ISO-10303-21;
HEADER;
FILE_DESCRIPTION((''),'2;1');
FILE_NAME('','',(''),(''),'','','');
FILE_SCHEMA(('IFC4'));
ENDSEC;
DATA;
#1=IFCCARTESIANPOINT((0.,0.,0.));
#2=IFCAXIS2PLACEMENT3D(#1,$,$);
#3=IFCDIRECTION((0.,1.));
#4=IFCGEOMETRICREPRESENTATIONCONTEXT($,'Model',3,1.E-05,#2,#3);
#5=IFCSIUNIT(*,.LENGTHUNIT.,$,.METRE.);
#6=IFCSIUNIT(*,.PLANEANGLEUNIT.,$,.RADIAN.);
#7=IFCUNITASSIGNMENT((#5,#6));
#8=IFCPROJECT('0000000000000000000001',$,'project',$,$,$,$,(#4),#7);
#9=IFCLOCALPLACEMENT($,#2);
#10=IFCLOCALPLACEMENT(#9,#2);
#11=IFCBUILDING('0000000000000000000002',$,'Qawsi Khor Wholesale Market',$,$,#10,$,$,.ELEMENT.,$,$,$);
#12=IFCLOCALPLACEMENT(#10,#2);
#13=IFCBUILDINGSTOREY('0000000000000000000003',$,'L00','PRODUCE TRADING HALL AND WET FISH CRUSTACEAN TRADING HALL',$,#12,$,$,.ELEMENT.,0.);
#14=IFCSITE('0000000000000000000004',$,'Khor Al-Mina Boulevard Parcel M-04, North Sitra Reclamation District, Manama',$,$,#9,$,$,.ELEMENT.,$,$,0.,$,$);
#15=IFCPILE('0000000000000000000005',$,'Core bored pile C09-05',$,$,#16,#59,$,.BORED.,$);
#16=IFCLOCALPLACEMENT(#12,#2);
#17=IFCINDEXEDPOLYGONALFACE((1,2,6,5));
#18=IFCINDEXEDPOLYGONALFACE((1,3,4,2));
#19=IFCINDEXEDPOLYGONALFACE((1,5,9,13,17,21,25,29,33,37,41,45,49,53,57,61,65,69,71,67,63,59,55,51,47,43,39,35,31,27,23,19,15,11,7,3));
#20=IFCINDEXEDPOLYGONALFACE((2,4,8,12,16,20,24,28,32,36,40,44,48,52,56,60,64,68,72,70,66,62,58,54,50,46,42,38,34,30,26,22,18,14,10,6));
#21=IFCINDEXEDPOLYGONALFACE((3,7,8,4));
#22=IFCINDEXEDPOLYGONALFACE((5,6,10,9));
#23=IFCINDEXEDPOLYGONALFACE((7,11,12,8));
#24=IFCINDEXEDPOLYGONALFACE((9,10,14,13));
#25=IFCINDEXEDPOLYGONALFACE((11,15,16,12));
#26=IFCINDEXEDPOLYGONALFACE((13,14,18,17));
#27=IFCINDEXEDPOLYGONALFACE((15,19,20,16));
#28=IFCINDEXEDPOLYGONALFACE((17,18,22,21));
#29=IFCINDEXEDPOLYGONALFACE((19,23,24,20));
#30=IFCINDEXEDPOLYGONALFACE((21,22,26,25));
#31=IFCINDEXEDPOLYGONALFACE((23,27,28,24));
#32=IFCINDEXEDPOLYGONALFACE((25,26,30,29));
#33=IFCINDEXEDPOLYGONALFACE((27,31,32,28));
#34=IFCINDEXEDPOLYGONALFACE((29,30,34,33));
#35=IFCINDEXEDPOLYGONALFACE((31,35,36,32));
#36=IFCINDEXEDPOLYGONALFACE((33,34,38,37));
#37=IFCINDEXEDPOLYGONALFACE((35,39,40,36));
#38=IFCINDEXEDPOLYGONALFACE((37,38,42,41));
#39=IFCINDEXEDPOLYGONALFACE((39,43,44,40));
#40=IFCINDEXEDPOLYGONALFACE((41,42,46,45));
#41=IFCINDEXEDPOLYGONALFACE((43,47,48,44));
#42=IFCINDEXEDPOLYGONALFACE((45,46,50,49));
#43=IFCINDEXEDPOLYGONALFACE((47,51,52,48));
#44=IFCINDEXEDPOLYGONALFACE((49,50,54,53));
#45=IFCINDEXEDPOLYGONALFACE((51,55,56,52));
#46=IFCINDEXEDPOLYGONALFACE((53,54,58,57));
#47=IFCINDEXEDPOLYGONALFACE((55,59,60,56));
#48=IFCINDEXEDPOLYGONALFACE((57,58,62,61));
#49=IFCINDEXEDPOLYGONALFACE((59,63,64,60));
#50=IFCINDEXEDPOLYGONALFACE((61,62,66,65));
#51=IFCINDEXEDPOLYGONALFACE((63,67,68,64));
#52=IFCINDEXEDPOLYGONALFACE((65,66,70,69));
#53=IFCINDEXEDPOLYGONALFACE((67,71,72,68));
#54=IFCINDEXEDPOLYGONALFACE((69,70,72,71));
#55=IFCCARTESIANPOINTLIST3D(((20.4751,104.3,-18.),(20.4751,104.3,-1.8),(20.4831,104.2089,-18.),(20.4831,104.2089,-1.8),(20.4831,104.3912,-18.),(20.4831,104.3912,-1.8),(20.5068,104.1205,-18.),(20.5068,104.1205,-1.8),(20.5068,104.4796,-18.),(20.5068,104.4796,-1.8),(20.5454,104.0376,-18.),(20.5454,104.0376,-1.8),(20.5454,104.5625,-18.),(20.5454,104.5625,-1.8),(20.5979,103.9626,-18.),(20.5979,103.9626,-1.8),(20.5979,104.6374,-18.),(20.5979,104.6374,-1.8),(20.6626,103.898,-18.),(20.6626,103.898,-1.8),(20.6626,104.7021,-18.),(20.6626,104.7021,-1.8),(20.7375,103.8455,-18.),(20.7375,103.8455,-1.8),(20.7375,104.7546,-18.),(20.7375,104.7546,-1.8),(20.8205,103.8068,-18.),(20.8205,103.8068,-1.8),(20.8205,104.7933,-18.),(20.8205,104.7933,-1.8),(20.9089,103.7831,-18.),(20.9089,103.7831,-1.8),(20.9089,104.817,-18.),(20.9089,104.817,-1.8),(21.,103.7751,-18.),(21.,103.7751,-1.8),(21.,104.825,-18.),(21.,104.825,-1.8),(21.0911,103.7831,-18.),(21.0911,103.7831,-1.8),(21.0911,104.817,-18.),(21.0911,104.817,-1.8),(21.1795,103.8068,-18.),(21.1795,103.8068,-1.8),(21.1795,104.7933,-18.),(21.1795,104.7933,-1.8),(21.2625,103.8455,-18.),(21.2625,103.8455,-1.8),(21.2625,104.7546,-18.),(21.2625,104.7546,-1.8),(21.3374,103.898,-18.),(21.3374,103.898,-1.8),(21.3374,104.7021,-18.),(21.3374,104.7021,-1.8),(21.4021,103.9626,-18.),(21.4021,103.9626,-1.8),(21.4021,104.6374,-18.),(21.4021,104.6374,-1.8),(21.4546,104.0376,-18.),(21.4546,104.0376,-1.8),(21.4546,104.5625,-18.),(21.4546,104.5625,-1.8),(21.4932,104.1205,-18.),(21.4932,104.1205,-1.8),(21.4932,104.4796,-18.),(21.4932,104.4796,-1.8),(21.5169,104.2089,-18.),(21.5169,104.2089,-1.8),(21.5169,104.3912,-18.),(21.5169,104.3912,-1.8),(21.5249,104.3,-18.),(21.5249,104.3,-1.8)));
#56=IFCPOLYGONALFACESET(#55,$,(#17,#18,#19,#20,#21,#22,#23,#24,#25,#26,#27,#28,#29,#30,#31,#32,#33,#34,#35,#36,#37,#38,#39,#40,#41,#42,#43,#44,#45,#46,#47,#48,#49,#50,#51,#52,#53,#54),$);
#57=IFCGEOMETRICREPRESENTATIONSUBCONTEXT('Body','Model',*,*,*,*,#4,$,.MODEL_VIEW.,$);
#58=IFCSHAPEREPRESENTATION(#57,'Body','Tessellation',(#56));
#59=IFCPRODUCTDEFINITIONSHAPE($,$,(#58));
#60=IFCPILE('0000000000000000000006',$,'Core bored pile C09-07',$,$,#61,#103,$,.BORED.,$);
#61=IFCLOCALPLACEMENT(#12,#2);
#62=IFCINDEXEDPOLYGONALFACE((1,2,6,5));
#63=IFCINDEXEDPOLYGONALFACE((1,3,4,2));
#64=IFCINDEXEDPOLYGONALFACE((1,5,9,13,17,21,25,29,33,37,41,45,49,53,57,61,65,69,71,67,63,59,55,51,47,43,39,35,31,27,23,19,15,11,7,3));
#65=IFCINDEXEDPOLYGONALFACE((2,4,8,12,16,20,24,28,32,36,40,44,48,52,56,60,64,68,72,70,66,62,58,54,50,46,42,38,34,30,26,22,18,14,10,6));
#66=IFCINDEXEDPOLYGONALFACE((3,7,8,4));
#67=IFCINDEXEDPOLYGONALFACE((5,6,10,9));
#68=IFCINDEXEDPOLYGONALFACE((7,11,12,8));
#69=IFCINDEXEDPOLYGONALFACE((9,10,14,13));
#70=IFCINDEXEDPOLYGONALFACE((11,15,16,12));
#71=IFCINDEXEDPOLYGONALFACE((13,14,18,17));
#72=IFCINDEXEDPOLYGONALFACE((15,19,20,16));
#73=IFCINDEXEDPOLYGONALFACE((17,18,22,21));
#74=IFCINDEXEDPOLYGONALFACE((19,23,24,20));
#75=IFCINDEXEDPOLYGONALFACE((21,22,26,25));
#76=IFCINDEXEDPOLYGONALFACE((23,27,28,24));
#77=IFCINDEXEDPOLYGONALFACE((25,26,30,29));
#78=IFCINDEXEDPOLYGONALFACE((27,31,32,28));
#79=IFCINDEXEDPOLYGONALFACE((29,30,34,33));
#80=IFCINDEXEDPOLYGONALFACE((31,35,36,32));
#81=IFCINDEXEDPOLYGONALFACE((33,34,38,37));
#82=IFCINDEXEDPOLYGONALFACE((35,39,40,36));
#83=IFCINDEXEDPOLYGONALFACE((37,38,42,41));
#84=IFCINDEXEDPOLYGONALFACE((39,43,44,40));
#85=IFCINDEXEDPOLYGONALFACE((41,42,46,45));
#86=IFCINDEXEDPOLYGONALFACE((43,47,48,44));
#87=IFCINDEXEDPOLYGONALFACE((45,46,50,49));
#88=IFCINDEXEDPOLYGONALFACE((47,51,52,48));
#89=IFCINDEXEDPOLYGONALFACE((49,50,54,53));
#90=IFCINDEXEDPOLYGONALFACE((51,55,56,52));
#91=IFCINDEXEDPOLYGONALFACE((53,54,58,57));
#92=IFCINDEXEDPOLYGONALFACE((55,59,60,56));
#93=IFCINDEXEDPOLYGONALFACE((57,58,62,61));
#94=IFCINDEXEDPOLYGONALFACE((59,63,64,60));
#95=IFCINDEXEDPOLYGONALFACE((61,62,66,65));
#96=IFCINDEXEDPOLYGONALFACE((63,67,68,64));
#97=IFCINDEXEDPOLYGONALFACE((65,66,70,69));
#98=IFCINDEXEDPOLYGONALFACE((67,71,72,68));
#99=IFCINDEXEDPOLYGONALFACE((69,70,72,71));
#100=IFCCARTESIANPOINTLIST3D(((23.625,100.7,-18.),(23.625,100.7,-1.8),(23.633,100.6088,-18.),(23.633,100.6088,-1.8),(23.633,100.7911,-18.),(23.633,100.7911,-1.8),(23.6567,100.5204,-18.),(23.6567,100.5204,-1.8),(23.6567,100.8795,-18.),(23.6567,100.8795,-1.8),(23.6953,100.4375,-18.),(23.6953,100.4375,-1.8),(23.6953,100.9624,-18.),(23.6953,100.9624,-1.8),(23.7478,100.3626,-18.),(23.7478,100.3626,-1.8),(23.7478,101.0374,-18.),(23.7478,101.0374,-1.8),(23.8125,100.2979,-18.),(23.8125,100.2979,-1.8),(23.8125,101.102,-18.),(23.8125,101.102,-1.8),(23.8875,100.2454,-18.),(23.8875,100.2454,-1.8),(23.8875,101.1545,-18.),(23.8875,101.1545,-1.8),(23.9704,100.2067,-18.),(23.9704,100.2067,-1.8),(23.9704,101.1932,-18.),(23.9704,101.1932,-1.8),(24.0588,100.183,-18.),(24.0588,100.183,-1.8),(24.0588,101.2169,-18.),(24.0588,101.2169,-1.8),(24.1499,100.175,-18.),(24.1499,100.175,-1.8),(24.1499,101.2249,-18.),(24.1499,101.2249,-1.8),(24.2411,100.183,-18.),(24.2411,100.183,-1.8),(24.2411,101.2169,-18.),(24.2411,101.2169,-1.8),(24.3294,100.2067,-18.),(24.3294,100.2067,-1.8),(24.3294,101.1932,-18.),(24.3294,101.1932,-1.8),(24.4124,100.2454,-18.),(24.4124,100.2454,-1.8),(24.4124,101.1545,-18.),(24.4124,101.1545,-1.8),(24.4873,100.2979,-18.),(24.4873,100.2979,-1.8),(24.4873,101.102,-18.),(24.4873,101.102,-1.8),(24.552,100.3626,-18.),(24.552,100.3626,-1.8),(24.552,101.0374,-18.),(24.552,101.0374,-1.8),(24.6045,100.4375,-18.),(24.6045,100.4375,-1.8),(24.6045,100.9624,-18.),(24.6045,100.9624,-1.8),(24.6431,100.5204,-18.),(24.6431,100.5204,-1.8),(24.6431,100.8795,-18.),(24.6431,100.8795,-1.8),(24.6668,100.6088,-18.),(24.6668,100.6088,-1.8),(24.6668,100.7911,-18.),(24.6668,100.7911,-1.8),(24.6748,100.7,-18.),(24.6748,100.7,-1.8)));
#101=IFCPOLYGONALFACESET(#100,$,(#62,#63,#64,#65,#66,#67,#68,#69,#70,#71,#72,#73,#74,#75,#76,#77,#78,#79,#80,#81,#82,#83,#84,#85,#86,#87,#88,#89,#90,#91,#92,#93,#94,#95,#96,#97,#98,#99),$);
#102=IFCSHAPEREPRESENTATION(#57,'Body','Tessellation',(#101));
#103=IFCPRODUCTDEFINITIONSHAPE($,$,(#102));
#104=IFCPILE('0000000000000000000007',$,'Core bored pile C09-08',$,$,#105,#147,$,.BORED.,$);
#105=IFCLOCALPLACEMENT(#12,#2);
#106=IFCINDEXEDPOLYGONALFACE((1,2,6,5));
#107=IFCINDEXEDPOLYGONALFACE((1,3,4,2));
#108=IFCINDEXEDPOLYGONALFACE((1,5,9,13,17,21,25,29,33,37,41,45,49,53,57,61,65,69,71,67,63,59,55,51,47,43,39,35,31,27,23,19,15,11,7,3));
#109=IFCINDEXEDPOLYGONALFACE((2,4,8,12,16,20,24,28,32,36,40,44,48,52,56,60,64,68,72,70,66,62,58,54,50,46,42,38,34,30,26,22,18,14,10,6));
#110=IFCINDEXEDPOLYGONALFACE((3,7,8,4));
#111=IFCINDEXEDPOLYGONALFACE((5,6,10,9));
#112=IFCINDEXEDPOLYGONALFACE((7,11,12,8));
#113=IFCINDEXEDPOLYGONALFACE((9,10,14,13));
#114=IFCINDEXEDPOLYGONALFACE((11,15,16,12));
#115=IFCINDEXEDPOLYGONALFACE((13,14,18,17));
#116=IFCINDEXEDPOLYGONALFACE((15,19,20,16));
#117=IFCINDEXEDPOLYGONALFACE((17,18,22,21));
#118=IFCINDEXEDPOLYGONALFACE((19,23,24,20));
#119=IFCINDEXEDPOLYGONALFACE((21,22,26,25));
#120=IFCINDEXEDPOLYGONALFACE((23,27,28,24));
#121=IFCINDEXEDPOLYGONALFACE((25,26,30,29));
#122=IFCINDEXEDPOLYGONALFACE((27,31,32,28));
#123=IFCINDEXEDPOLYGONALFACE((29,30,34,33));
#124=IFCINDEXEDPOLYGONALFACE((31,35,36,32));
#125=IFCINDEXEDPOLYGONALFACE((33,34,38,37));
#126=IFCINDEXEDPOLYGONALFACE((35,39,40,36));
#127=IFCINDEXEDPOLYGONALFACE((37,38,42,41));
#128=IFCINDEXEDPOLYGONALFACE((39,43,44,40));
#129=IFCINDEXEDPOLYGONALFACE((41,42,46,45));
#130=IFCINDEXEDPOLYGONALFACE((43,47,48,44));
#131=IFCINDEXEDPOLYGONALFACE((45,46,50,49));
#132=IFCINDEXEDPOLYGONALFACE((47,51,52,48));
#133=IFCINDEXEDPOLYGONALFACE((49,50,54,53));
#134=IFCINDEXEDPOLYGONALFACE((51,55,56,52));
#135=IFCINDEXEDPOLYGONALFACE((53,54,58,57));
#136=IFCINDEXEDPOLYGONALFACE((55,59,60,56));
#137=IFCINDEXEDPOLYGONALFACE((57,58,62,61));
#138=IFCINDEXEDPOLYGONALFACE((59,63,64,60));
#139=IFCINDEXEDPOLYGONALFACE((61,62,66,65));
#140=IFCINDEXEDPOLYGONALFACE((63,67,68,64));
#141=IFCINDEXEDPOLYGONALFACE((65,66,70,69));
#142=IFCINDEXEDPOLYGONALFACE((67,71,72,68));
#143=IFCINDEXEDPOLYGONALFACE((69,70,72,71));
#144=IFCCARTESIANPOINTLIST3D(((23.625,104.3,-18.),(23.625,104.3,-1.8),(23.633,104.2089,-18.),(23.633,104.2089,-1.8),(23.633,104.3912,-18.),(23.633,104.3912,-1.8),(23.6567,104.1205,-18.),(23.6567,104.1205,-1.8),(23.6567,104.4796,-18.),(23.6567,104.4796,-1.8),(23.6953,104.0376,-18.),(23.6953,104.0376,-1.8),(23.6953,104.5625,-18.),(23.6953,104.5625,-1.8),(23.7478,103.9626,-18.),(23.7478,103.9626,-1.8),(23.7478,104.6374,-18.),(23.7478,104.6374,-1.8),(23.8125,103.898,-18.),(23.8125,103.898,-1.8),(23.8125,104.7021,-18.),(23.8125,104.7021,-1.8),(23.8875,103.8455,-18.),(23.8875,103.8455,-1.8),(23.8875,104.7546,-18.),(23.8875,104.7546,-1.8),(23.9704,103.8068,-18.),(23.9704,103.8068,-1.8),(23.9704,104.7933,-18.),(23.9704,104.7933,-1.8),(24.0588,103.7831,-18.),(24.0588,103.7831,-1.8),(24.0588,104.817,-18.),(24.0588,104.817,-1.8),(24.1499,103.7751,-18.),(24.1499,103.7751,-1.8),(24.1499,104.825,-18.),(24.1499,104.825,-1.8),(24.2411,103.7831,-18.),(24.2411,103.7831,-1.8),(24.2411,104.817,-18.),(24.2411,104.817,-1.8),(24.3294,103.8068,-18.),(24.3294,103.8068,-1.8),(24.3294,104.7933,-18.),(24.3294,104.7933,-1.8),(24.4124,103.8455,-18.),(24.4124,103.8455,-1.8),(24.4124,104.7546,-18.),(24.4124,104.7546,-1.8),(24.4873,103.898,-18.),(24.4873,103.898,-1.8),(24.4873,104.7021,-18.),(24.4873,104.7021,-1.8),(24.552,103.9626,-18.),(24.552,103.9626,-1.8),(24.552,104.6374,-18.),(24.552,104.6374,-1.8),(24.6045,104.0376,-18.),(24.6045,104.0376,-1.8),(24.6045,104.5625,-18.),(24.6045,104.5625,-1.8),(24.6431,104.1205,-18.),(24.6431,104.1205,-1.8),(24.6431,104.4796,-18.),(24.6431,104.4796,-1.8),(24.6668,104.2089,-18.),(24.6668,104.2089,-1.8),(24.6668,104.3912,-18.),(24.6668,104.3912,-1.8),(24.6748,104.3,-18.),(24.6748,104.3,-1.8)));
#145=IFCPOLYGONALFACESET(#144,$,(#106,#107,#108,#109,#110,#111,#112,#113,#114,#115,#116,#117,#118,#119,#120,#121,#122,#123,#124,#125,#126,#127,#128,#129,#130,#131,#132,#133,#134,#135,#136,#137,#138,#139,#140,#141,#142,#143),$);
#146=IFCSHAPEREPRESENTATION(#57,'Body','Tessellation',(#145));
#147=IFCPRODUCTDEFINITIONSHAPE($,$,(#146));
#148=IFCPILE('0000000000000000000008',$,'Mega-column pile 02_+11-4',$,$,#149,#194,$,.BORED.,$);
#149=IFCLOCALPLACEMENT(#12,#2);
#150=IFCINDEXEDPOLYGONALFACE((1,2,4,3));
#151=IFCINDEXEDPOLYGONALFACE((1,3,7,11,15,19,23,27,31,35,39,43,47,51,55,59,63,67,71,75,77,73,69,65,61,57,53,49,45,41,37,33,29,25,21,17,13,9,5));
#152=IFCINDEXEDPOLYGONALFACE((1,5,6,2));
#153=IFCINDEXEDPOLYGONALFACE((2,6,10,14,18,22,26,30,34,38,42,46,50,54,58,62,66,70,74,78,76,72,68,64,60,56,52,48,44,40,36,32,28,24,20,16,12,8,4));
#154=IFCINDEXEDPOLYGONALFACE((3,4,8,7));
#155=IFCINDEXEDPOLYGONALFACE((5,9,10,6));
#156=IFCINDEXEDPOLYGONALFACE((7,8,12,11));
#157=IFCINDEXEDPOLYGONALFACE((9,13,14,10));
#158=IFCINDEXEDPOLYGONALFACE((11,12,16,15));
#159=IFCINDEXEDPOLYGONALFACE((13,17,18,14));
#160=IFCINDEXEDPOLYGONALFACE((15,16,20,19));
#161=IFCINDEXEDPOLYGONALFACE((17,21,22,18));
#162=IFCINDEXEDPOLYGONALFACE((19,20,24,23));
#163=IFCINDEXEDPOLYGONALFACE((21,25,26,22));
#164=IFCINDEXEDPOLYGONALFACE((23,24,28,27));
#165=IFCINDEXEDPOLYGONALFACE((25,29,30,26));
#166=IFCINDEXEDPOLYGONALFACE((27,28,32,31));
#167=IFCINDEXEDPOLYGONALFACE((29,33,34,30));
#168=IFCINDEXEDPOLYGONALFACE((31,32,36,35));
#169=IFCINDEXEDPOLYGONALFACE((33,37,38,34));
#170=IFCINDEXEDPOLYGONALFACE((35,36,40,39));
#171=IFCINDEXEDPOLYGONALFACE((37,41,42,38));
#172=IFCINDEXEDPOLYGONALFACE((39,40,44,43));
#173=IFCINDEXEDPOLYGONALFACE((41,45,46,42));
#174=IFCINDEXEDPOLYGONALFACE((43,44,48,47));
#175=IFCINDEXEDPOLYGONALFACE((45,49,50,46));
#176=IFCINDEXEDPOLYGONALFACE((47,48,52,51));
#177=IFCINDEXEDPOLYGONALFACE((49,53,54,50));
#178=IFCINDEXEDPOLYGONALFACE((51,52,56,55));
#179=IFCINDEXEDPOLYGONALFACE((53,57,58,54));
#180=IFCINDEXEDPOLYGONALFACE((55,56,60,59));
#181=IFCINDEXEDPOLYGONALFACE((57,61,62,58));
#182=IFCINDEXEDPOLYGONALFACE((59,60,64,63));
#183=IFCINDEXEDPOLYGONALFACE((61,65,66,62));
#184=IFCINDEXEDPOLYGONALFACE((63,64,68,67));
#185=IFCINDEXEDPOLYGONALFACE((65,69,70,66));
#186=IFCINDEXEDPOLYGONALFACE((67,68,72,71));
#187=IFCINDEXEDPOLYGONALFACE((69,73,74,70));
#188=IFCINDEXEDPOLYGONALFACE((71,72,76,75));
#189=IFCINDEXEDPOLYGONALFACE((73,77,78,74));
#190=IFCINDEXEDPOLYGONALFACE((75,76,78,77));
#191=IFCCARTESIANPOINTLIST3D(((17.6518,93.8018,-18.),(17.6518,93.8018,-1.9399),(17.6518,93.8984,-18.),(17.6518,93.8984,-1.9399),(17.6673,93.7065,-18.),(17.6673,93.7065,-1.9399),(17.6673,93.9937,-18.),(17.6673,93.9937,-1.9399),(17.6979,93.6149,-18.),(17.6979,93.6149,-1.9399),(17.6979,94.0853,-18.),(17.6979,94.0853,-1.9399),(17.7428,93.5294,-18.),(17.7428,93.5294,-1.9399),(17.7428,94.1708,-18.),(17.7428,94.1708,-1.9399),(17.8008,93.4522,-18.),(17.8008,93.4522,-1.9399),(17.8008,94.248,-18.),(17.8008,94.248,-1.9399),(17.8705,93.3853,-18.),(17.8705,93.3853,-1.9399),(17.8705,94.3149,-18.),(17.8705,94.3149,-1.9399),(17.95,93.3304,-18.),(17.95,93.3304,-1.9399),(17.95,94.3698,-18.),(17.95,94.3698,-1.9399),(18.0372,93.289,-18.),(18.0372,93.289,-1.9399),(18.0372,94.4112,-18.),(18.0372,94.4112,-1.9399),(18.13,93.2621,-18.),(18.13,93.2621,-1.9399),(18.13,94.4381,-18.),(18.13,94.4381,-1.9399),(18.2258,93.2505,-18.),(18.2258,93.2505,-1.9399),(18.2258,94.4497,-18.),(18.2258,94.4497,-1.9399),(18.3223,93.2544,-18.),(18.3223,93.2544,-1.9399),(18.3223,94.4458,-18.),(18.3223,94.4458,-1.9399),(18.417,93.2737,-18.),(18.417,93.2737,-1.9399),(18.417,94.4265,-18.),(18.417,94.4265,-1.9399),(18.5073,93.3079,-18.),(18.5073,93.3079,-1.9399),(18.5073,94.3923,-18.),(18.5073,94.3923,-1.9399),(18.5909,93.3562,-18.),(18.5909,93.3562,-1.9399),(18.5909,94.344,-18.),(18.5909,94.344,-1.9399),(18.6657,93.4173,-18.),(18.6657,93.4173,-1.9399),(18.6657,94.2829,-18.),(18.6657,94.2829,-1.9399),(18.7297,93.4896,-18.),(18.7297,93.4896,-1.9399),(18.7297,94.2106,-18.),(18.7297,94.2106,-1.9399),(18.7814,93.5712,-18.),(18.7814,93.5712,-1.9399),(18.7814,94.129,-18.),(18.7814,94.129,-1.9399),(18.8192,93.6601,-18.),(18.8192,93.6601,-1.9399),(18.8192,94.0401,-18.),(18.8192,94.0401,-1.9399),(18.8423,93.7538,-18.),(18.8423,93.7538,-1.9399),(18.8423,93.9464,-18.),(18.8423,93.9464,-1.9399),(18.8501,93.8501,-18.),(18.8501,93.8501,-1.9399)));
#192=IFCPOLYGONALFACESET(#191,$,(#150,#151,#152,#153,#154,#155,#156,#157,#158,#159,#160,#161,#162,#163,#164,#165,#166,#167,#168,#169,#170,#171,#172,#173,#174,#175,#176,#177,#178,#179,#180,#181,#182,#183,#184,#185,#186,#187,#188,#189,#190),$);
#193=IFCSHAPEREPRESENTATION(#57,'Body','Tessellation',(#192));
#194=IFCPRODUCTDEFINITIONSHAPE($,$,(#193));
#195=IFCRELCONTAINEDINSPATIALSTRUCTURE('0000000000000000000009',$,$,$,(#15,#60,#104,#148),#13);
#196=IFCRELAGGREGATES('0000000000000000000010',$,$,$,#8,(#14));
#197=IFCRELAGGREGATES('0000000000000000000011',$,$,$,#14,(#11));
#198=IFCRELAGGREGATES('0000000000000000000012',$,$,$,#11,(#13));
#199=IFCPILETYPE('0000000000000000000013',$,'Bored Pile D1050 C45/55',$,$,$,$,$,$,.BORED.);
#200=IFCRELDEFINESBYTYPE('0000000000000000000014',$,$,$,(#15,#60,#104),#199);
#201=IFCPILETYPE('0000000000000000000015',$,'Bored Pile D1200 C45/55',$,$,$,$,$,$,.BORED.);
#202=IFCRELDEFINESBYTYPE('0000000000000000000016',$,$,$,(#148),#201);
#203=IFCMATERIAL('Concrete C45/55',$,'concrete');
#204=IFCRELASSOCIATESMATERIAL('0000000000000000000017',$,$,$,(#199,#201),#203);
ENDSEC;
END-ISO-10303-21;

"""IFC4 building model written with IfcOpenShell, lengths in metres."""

from ifc_helpers import new_model, si_unit, direction, frame, origin, origin_2d, place, context, subcontext, project, spatial, circle, extrude, material, material_profile, profile_set, type_object, element, save


model = new_model("IFC4")

# Units and contexts
model_context = context("Model", 3, precision=1e-05, world=origin(), true_north=direction((0.0, 1.0)))
body_context = subcontext(model_context, "Body", "Model", "MODEL_VIEW")
ifc_project = project(units=[si_unit("LENGTHUNIT", "METRE"), si_unit("PLANEANGLEUNIT", "RADIAN")], contexts=[model_context])

# Site, building, storey
site_placement = place(None, origin())
site = spatial("IfcSite", under=ifc_project, at=site_placement, Name="Khor Al-Mina Boulevard Parcel M-04, North Sitra Reclamation District, Manama", CompositionType="ELEMENT", RefElevation=0.0)
building_placement = place(site_placement, origin())
building = spatial("IfcBuilding", under=site, at=building_placement, Name="Qawsi Khor Wholesale Market", CompositionType="ELEMENT")
storey_placement = place(building_placement, origin())
storey = spatial("IfcBuildingStorey", under=building, at=storey_placement, Name="L00", Description="PRODUCE TRADING HALL AND WET FISH CRUSTACEAN TRADING HALL", CompositionType="ELEMENT", Elevation=0.0)

# Piles
ifc_material_1 = material(Name="Concrete C45/55", Category="concrete")
ifc_material_profile_1 = material_profile(ifc_material_1, circle(Radius=0.5249, at=origin_2d()), Name="PILE D1050")
ifc_profile_set_1 = profile_set([ifc_material_profile_1], Name="Concrete C45/55")
pile_type_1 = type_object("IfcPileType", Name="Bored Pile D1050 C45/55", PredefinedType="BORED", material=ifc_profile_set_1)
for number, where, z_axis, x_axis, name in (
    (1, (21.0, 104.3, -1.8), (0.0, 0.0, -1.0), (1.0, 0.0, 0.0), "Core bored pile C09-05"),
    (2, (24.1499, 100.7, -1.8), (0.0, 0.0, -1.0), (1.0, 0.0, 0.0), "Core bored pile C09-07"),
    (3, (24.1499, 104.3, -1.8), (0.0, 0.0, -1.0), (1.0, 0.0, 0.0), "Core bored pile C09-08"),
):
    element("IfcPile", number, at=place(storey_placement, frame(where, z_axis=z_axis, x_axis=x_axis)), inside=storey, type_object=pile_type_1, Name=name, PredefinedType="BORED", context=body_context, shape_type="SweptSolid", body=[
        extrude(circle(Radius=0.5249, at=origin_2d()), origin(), (0.0, 0.0, 1.0), 16.2),
    ])
ifc_material_profile_2 = material_profile(ifc_material_1, circle(Radius=0.6001, at=origin_2d()), Name="PILE D1200")
ifc_profile_set_2 = profile_set([ifc_material_profile_2], Name="Concrete C45/55")
pile_type_2 = type_object("IfcPileType", Name="Bored Pile D1200 C45/55", PredefinedType="BORED", material=ifc_profile_set_2)
pile_placement = place(storey_placement, frame((18.25, 93.8501, -1.9399), z_axis=(0.0, 0.0, -1.0), x_axis=(1.0, 0.0, 0.0)))
element("IfcPile", 4, at=pile_placement, inside=storey, type_object=pile_type_2, Name="Mega-column pile 02_+11-4", PredefinedType="BORED", context=body_context, shape_type="SweptSolid", body=[
    extrude(circle(Radius=0.6001, at=origin_2d()), origin(), (0.0, 0.0, 1.0), 16.0601),
])

save(model, "model.ifc")
